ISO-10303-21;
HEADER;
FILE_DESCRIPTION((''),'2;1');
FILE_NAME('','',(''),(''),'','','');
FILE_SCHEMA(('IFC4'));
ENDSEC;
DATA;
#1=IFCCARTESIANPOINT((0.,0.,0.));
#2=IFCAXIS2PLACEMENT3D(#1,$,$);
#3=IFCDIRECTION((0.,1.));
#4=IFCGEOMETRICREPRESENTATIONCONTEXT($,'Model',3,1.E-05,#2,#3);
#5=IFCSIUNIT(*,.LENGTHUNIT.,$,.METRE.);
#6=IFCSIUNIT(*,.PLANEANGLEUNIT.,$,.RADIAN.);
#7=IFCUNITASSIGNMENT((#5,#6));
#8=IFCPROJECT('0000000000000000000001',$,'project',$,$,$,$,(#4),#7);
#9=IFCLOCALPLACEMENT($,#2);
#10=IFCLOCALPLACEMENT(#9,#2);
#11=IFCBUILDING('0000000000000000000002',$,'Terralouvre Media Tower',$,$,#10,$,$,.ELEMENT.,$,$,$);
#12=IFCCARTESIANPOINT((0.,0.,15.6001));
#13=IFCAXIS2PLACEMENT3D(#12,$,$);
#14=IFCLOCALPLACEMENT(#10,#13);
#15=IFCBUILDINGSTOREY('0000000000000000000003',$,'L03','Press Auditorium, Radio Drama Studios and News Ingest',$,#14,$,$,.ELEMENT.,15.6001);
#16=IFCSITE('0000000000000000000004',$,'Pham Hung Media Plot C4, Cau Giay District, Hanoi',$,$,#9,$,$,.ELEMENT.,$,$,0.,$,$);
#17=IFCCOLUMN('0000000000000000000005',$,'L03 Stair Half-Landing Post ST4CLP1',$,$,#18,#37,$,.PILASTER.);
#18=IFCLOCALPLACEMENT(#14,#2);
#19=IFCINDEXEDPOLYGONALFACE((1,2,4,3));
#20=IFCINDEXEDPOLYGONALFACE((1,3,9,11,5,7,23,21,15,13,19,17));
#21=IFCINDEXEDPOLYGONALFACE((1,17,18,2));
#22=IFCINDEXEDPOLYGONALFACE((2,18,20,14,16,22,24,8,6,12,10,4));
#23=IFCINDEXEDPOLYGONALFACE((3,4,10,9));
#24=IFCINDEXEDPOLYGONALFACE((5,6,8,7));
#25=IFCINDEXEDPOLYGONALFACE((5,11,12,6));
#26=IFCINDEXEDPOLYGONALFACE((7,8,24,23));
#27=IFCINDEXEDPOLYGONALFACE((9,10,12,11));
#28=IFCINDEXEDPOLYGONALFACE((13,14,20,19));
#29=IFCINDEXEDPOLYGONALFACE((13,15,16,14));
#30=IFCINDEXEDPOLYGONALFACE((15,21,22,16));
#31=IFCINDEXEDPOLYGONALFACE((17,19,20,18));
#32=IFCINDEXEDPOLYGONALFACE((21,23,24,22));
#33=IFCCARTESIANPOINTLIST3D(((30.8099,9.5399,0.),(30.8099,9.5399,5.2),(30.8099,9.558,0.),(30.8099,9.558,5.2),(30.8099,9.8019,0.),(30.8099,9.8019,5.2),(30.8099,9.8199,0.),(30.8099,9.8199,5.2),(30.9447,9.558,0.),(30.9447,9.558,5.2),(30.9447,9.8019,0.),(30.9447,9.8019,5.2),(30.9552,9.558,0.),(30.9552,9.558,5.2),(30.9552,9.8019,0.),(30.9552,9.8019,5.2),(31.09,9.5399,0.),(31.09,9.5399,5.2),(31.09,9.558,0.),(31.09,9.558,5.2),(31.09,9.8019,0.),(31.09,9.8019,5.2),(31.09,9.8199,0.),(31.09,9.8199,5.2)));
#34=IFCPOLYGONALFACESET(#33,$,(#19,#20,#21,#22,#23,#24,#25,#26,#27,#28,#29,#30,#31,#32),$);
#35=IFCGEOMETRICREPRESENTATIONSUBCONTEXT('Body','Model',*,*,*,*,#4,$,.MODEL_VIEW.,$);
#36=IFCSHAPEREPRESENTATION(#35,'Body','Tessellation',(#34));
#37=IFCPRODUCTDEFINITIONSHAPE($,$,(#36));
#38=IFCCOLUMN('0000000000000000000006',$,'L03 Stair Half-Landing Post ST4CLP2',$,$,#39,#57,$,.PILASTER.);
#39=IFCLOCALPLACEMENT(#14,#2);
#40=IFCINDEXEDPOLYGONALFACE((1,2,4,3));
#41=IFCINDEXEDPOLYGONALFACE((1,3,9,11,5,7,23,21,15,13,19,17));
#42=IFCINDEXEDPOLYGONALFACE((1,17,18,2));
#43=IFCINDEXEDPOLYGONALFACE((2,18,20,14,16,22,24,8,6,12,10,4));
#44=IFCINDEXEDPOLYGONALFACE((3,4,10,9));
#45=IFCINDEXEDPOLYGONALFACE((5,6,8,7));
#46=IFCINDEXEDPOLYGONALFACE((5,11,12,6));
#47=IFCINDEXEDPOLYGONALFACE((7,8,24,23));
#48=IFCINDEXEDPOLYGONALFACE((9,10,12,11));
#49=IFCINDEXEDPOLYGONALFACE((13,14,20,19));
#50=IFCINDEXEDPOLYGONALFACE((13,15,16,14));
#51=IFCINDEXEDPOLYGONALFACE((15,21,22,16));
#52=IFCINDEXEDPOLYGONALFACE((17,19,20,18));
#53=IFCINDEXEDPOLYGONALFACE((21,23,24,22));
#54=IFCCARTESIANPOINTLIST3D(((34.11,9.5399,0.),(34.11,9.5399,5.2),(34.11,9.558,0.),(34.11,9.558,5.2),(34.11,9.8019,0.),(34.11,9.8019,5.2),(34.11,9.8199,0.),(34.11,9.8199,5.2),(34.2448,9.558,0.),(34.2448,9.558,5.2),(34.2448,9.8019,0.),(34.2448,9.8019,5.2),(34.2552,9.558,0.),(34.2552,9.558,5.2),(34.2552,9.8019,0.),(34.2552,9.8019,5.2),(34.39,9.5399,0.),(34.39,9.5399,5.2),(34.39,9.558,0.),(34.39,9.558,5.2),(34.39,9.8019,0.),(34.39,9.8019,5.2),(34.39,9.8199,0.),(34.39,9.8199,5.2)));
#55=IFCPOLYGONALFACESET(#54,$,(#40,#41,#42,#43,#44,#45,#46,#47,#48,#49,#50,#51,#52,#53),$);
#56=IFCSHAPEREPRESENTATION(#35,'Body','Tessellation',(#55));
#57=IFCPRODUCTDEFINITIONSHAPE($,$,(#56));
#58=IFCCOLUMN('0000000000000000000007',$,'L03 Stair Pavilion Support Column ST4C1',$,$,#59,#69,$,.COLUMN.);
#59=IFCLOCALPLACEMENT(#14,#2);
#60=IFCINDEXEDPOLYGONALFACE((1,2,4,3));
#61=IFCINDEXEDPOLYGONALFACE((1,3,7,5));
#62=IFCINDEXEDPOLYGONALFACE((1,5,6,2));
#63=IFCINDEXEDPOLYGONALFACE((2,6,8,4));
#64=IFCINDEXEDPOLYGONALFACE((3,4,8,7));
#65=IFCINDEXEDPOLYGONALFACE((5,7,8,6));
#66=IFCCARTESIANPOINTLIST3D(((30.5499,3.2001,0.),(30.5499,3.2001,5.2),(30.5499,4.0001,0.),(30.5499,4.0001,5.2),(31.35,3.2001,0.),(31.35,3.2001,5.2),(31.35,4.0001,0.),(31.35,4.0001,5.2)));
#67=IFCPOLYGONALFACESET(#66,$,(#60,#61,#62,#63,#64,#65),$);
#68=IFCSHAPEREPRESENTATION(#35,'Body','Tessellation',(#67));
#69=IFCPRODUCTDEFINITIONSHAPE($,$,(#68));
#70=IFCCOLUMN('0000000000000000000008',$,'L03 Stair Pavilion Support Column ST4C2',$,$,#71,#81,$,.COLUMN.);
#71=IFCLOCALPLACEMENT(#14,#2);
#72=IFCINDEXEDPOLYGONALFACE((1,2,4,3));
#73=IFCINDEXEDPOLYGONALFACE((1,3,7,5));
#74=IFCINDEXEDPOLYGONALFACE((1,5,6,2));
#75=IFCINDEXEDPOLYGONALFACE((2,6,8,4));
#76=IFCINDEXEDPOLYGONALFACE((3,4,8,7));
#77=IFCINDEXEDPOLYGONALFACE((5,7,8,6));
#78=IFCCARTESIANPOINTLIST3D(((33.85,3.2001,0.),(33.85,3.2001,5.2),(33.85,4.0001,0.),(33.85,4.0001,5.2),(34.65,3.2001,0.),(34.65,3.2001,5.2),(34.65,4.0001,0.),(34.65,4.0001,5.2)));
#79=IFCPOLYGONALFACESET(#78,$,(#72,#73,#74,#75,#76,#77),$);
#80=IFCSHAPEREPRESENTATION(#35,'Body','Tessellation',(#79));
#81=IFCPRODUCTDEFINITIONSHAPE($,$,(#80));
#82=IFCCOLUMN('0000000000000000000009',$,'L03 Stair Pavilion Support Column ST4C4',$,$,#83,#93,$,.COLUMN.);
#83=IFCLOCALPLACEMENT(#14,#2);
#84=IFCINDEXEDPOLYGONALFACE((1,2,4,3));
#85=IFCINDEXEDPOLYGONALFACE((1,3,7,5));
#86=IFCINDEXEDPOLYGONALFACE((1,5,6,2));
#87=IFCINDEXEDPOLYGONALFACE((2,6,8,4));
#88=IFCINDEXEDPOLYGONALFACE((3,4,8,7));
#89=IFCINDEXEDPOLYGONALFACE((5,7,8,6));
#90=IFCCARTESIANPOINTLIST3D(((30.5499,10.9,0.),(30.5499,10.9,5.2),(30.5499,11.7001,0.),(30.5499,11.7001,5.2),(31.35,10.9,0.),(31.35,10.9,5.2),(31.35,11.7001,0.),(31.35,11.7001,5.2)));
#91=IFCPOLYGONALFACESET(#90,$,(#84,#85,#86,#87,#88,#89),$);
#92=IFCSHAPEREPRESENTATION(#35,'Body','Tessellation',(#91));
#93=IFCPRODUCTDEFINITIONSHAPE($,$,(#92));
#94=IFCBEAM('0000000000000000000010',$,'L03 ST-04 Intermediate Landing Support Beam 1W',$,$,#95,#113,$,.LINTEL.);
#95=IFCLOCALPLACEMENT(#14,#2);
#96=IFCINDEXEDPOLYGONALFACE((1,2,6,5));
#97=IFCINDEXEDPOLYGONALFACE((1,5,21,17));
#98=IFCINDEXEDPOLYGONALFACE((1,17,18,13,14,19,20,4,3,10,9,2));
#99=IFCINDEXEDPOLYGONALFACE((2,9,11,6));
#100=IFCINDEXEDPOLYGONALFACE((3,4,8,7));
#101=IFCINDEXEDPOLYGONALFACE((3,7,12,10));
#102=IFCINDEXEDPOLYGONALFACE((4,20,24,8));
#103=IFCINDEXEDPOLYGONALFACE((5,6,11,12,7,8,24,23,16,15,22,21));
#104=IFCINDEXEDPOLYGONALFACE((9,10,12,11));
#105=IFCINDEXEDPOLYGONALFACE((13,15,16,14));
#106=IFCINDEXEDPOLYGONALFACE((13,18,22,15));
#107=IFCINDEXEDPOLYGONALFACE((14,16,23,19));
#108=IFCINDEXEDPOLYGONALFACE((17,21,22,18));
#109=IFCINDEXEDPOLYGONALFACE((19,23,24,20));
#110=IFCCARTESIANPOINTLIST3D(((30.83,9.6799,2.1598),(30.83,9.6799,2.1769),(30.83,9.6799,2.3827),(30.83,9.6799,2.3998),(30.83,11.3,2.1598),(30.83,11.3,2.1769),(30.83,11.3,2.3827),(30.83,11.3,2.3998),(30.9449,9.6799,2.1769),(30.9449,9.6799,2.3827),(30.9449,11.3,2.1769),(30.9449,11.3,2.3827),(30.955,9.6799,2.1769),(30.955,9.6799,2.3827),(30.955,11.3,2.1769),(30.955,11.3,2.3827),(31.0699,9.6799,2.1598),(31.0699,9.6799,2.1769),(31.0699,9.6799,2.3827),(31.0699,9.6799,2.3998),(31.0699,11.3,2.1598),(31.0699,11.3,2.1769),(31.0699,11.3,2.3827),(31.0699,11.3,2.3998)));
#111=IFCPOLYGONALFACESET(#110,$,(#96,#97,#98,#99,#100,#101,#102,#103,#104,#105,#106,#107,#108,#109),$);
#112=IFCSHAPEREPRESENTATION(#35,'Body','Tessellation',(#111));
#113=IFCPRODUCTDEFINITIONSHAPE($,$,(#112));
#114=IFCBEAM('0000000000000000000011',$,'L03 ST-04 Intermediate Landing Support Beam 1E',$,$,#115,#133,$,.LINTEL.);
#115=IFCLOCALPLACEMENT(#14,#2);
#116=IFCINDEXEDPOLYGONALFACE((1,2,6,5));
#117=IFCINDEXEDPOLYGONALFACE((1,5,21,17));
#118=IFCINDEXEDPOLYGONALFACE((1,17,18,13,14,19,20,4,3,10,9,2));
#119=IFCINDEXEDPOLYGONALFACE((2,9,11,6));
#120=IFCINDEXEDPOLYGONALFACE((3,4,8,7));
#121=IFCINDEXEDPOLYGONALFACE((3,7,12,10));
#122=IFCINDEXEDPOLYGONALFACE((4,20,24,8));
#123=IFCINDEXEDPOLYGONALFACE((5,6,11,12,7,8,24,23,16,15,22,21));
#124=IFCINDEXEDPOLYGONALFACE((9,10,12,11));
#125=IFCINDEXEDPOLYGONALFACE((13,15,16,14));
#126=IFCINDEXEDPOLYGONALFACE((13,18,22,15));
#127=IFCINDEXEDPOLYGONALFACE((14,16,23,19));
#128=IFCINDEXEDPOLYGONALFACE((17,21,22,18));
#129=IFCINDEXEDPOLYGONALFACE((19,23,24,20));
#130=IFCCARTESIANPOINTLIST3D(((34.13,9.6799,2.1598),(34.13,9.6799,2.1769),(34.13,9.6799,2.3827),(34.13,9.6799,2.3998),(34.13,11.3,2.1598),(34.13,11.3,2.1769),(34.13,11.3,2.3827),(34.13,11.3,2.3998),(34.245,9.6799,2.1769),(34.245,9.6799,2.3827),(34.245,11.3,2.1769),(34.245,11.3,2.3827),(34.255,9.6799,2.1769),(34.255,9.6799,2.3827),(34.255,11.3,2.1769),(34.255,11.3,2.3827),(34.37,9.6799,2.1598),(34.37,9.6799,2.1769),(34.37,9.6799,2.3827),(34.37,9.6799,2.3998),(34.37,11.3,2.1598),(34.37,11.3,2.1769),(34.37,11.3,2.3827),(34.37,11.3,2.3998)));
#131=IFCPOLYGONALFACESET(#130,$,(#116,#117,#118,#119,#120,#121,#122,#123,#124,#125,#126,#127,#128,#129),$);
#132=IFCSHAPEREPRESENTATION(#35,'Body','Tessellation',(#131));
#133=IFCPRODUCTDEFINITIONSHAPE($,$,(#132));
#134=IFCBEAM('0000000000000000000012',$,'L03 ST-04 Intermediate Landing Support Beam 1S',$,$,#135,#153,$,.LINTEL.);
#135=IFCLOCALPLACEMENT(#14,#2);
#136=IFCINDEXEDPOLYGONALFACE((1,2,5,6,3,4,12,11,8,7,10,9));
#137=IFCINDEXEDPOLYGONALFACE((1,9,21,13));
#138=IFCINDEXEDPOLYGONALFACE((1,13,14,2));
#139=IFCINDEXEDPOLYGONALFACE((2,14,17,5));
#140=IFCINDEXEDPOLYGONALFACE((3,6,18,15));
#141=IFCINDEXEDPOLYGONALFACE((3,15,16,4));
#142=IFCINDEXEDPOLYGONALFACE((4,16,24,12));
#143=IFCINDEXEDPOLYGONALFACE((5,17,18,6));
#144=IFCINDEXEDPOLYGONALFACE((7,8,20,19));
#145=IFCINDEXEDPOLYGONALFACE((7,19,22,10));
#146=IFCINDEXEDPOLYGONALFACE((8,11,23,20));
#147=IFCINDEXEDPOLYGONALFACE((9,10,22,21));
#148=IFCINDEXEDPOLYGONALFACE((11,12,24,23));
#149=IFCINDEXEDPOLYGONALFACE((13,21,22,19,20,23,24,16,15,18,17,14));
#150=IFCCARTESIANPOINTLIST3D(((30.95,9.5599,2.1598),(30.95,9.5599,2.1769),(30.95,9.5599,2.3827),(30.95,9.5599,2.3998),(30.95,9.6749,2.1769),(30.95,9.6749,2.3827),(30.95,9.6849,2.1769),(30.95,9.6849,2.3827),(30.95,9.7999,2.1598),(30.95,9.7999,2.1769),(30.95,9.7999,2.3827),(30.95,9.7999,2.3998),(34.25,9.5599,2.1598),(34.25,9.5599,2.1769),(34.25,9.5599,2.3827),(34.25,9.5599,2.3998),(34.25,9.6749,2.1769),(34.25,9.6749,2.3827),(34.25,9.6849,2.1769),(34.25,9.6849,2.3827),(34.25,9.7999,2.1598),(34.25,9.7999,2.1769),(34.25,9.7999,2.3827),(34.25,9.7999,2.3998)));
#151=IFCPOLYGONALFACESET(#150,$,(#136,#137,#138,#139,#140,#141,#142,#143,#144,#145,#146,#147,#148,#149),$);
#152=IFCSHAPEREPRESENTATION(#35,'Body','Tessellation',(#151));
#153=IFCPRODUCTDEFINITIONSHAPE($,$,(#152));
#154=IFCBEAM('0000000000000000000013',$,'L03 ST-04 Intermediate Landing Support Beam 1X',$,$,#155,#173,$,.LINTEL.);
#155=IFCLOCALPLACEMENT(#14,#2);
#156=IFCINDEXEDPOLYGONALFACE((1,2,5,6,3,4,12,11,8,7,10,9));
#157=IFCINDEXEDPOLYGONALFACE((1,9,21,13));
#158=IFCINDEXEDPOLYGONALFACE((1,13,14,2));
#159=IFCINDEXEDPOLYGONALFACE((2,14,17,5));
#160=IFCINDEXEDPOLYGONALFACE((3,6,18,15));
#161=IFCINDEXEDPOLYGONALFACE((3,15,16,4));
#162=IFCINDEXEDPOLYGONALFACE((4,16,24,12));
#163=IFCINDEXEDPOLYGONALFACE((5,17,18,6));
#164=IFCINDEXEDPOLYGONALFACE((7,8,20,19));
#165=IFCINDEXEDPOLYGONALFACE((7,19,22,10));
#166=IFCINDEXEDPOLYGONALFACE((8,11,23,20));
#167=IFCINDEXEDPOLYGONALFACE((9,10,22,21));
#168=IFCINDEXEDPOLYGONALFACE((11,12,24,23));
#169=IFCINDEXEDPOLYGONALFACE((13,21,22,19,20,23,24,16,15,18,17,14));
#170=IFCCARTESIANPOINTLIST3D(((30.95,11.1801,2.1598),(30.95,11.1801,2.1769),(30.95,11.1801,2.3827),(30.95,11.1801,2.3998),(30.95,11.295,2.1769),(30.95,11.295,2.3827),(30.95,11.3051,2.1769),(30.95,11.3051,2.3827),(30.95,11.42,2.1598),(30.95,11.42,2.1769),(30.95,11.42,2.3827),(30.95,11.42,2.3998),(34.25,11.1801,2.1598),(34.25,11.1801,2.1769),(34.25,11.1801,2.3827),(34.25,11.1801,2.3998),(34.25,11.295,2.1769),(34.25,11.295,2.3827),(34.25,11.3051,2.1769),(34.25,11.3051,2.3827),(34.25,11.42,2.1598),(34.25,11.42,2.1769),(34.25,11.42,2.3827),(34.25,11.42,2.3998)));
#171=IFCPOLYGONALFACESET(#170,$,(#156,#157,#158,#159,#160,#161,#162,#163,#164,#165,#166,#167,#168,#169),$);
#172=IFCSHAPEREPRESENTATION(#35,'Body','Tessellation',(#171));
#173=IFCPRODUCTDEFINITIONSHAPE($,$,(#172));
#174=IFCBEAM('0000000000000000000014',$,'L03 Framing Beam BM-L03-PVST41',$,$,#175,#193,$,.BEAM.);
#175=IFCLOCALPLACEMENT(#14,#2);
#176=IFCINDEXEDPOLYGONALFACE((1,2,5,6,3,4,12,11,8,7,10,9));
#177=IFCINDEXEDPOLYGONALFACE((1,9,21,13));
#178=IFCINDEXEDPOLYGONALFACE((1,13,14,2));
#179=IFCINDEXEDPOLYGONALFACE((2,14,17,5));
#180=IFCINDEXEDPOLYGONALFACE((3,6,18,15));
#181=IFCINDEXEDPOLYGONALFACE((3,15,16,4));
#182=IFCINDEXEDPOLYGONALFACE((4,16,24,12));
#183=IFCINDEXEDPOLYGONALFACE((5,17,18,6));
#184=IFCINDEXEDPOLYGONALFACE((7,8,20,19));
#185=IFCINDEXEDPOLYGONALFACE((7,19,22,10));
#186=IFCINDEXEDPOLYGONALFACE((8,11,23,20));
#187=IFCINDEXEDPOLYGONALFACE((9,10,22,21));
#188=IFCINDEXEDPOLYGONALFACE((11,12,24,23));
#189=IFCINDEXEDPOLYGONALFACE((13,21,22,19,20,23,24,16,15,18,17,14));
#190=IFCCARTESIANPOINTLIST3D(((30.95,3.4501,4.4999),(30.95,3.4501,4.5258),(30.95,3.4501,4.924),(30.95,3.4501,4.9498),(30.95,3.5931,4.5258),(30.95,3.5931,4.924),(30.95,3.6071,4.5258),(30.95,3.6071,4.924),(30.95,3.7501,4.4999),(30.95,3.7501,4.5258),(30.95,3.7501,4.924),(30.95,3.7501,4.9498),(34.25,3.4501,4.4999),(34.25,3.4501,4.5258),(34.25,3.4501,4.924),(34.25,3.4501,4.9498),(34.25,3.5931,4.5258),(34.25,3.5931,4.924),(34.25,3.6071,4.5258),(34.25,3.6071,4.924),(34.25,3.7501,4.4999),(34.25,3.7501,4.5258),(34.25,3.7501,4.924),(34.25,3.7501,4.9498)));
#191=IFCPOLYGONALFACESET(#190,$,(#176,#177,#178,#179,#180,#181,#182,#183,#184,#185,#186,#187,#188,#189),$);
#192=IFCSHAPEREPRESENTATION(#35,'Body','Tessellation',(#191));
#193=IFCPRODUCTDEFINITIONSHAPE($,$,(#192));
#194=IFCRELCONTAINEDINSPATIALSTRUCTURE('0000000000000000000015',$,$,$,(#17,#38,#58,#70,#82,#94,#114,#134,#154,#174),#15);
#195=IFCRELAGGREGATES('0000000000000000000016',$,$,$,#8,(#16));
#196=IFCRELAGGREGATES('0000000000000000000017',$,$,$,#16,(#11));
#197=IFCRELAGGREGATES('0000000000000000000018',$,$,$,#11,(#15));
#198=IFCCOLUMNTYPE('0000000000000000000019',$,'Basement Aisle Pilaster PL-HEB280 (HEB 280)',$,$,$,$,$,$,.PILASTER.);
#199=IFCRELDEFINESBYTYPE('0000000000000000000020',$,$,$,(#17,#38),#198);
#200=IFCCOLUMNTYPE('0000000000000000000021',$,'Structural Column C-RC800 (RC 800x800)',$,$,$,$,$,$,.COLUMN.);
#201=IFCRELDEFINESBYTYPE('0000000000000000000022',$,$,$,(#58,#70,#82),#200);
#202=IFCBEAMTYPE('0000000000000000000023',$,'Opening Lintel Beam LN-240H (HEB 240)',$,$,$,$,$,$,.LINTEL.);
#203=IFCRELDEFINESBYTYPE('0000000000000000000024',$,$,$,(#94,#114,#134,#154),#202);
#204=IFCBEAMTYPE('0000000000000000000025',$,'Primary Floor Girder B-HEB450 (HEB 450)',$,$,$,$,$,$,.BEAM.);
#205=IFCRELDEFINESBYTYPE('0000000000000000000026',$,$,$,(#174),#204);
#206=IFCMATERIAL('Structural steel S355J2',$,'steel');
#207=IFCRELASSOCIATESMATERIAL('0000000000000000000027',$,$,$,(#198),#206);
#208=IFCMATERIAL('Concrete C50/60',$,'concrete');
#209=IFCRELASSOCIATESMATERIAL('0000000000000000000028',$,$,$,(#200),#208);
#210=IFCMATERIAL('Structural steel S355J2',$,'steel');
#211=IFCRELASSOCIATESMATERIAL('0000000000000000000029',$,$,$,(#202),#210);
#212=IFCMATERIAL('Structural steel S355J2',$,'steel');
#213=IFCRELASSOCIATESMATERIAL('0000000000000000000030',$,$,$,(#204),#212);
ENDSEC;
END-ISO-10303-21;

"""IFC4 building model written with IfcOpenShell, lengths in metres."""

from ifc_helpers import new_model, si_unit, direction, frame, origin, origin_2d, place, context, subcontext, project, spatial, rectangle, i_section, extrude, material, material_profile, profile_set, type_object, element, save


model = new_model("IFC4")

# Units and contexts
model_context = context("Model", 3, precision=1e-05, world=origin(), true_north=direction((0.0, 1.0)))
body_context = subcontext(model_context, "Body", "Model", "MODEL_VIEW")
ifc_project = project(units=[si_unit("LENGTHUNIT", "METRE"), si_unit("PLANEANGLEUNIT", "RADIAN")], contexts=[model_context])

# Site, building, storey
site_placement = place(None, origin())
site = spatial("IfcSite", under=ifc_project, at=site_placement, Name="Pham Hung Media Plot C4, Cau Giay District, Hanoi", CompositionType="ELEMENT", RefElevation=0.0)
building_placement = place(site_placement, origin())
building = spatial("IfcBuilding", under=site, at=building_placement, Name="Terralouvre Media Tower", CompositionType="ELEMENT")
storey_placement = place(building_placement, frame((0.0, 0.0, 15.6001)))
storey = spatial("IfcBuildingStorey", under=building, at=storey_placement, Name="L03", Description="Press Auditorium, Radio Drama Studios and News Ingest", CompositionType="ELEMENT", Elevation=15.6001)

# Columns
ifc_material_1 = material(Name="Structural steel S355J2", Category="steel")
ifc_material_profile_1 = material_profile(ifc_material_1, i_section(OverallWidth=0.28, OverallDepth=0.28, WebThickness=0.0105, FlangeThickness=0.0181, at=origin_2d()), Name="HEB 280")
ifc_profile_set_1 = profile_set([ifc_material_profile_1], Name="Structural steel S355J2")
column_type_1 = type_object("IfcColumnType", Name="Basement Aisle Pilaster PL-HEB280 (HEB 280)", PredefinedType="PILASTER", material=ifc_profile_set_1)
for number, where, z_axis, x_axis, name in (
    (1, (30.95, 9.6799, 0.0), (0.0, 0.0, 1.0), (1.0, 0.0, 0.0), "L03 Stair Half-Landing Post ST4CLP1"),
    (2, (34.25, 9.6799, 0.0), (0.0, 0.0, 1.0), (1.0, 0.0, 0.0), "L03 Stair Half-Landing Post ST4CLP2"),
):
    element("IfcColumn", number, at=place(storey_placement, frame(where, z_axis=z_axis, x_axis=x_axis)), inside=storey, type_object=column_type_1, Name=name, PredefinedType="PILASTER", context=body_context, shape_type="SweptSolid", body=[
        extrude(i_section(OverallWidth=0.28, OverallDepth=0.28, WebThickness=0.0105, FlangeThickness=0.0181, at=origin_2d()), origin(), (0.0, 0.0, 1.0), 5.2),
    ])
ifc_material_2 = material(Name="Concrete C50/60", Category="concrete")
ifc_material_profile_2 = material_profile(ifc_material_2, rectangle(XDim=0.8, YDim=0.8, at=origin_2d()), Name="RC 800x800")
ifc_profile_set_2 = profile_set([ifc_material_profile_2], Name="Concrete C50/60")
column_type_2 = type_object("IfcColumnType", Name="Structural Column C-RC800 (RC 800x800)", PredefinedType="COLUMN", material=ifc_profile_set_2)
for number, where, z_axis, x_axis, name in (
    (3, (30.95, 3.6001, 0.0), (0.0, 0.0, 1.0), (1.0, 0.0, 0.0), "L03 Stair Pavilion Support Column ST4C1"),
    (4, (34.25, 3.6001, 0.0), (0.0, 0.0, 1.0), (1.0, 0.0, 0.0), "L03 Stair Pavilion Support Column ST4C2"),
    (5, (30.95, 11.3, 0.0), (0.0, 0.0, 1.0), (1.0, 0.0, 0.0), "L03 Stair Pavilion Support Column ST4C4"),
):
    element("IfcColumn", number, at=place(storey_placement, frame(where, z_axis=z_axis, x_axis=x_axis)), inside=storey, type_object=column_type_2, Name=name, PredefinedType="COLUMN", context=body_context, shape_type="SweptSolid", body=[
        extrude(rectangle(XDim=0.8, YDim=0.8, at=origin_2d()), origin(), (0.0, 0.0, 1.0), 5.2),
    ])

# Beams
ifc_material_3 = material(Name="Structural steel S355J2", Category="steel")
ifc_material_profile_3 = material_profile(ifc_material_3, i_section(OverallWidth=0.24, OverallDepth=0.24, WebThickness=0.01, FlangeThickness=0.0171, at=origin_2d()), Name="HEB 240")
ifc_profile_set_3 = profile_set([ifc_material_profile_3], Name="Structural steel S355J2")
beam_type_1 = type_object("IfcBeamType", Name="Opening Lintel Beam LN-240H (HEB 240)", PredefinedType="LINTEL", material=ifc_profile_set_3)
for number, where, z_axis, x_axis, name in (
    (6, (30.95, 9.6799, 2.2798), (0.0, 1.0, 0.0), (-1.0, 0.0, 0.0), "L03 ST-04 Intermediate Landing Support Beam 1W"),
    (7, (34.25, 9.6799, 2.2798), (0.0, 1.0, 0.0), (-1.0, 0.0, 0.0), "L03 ST-04 Intermediate Landing Support Beam 1E"),
):
    element("IfcBeam", number, at=place(storey_placement, frame(where, z_axis=z_axis, x_axis=x_axis)), inside=storey, type_object=beam_type_1, Name=name, PredefinedType="LINTEL", context=body_context, shape_type="SweptSolid", body=[
        extrude(i_section(OverallWidth=0.24, OverallDepth=0.24, WebThickness=0.01, FlangeThickness=0.0171, at=origin_2d()), origin(), (0.0, 0.0, 1.0), 1.6201),
    ])
for number, where, z_axis, x_axis, name in (
    (8, (30.95, 9.6799, 2.2798), (1.0, 0.0, 0.0), (0.0, 1.0, 0.0), "L03 ST-04 Intermediate Landing Support Beam 1S"),
    (9, (30.95, 11.3, 2.2798), (1.0, 0.0, 0.0), (0.0, 1.0, 0.0), "L03 ST-04 Intermediate Landing Support Beam 1X"),
):
    element("IfcBeam", number, at=place(storey_placement, frame(where, z_axis=z_axis, x_axis=x_axis)), inside=storey, type_object=beam_type_1, Name=name, PredefinedType="LINTEL", context=body_context, shape_type="SweptSolid", body=[
        extrude(i_section(OverallWidth=0.24, OverallDepth=0.24, WebThickness=0.01, FlangeThickness=0.0171, at=origin_2d()), origin(), (0.0, 0.0, 1.0), 3.3),
    ])
ifc_material_4 = material(Name="Structural steel S355J2", Category="steel")
ifc_material_profile_4 = material_profile(ifc_material_4, i_section(OverallWidth=0.3, OverallDepth=0.45, WebThickness=0.0139, FlangeThickness=0.0259, at=origin_2d()), Name="HEB 450")
ifc_profile_set_4 = profile_set([ifc_material_profile_4], Name="Structural steel S355J2")
beam_type_2 = type_object("IfcBeamType", Name="Primary Floor Girder B-HEB450 (HEB 450)", PredefinedType="BEAM", material=ifc_profile_set_4)
beam_1_placement = place(storey_placement, frame((30.95, 3.6001, 4.7249), z_axis=(1.0, 0.0, 0.0), x_axis=(0.0, 1.0, 0.0)))
element("IfcBeam", 10, at=beam_1_placement, inside=storey, type_object=beam_type_2, Name="L03 Framing Beam BM-L03-PVST41", PredefinedType="BEAM", context=body_context, shape_type="SweptSolid", body=[
    extrude(i_section(OverallWidth=0.3, OverallDepth=0.45, WebThickness=0.0139, FlangeThickness=0.0259, at=origin_2d()), origin(), (0.0, 0.0, 1.0), 3.3),
])

save(model, "model.ifc")
